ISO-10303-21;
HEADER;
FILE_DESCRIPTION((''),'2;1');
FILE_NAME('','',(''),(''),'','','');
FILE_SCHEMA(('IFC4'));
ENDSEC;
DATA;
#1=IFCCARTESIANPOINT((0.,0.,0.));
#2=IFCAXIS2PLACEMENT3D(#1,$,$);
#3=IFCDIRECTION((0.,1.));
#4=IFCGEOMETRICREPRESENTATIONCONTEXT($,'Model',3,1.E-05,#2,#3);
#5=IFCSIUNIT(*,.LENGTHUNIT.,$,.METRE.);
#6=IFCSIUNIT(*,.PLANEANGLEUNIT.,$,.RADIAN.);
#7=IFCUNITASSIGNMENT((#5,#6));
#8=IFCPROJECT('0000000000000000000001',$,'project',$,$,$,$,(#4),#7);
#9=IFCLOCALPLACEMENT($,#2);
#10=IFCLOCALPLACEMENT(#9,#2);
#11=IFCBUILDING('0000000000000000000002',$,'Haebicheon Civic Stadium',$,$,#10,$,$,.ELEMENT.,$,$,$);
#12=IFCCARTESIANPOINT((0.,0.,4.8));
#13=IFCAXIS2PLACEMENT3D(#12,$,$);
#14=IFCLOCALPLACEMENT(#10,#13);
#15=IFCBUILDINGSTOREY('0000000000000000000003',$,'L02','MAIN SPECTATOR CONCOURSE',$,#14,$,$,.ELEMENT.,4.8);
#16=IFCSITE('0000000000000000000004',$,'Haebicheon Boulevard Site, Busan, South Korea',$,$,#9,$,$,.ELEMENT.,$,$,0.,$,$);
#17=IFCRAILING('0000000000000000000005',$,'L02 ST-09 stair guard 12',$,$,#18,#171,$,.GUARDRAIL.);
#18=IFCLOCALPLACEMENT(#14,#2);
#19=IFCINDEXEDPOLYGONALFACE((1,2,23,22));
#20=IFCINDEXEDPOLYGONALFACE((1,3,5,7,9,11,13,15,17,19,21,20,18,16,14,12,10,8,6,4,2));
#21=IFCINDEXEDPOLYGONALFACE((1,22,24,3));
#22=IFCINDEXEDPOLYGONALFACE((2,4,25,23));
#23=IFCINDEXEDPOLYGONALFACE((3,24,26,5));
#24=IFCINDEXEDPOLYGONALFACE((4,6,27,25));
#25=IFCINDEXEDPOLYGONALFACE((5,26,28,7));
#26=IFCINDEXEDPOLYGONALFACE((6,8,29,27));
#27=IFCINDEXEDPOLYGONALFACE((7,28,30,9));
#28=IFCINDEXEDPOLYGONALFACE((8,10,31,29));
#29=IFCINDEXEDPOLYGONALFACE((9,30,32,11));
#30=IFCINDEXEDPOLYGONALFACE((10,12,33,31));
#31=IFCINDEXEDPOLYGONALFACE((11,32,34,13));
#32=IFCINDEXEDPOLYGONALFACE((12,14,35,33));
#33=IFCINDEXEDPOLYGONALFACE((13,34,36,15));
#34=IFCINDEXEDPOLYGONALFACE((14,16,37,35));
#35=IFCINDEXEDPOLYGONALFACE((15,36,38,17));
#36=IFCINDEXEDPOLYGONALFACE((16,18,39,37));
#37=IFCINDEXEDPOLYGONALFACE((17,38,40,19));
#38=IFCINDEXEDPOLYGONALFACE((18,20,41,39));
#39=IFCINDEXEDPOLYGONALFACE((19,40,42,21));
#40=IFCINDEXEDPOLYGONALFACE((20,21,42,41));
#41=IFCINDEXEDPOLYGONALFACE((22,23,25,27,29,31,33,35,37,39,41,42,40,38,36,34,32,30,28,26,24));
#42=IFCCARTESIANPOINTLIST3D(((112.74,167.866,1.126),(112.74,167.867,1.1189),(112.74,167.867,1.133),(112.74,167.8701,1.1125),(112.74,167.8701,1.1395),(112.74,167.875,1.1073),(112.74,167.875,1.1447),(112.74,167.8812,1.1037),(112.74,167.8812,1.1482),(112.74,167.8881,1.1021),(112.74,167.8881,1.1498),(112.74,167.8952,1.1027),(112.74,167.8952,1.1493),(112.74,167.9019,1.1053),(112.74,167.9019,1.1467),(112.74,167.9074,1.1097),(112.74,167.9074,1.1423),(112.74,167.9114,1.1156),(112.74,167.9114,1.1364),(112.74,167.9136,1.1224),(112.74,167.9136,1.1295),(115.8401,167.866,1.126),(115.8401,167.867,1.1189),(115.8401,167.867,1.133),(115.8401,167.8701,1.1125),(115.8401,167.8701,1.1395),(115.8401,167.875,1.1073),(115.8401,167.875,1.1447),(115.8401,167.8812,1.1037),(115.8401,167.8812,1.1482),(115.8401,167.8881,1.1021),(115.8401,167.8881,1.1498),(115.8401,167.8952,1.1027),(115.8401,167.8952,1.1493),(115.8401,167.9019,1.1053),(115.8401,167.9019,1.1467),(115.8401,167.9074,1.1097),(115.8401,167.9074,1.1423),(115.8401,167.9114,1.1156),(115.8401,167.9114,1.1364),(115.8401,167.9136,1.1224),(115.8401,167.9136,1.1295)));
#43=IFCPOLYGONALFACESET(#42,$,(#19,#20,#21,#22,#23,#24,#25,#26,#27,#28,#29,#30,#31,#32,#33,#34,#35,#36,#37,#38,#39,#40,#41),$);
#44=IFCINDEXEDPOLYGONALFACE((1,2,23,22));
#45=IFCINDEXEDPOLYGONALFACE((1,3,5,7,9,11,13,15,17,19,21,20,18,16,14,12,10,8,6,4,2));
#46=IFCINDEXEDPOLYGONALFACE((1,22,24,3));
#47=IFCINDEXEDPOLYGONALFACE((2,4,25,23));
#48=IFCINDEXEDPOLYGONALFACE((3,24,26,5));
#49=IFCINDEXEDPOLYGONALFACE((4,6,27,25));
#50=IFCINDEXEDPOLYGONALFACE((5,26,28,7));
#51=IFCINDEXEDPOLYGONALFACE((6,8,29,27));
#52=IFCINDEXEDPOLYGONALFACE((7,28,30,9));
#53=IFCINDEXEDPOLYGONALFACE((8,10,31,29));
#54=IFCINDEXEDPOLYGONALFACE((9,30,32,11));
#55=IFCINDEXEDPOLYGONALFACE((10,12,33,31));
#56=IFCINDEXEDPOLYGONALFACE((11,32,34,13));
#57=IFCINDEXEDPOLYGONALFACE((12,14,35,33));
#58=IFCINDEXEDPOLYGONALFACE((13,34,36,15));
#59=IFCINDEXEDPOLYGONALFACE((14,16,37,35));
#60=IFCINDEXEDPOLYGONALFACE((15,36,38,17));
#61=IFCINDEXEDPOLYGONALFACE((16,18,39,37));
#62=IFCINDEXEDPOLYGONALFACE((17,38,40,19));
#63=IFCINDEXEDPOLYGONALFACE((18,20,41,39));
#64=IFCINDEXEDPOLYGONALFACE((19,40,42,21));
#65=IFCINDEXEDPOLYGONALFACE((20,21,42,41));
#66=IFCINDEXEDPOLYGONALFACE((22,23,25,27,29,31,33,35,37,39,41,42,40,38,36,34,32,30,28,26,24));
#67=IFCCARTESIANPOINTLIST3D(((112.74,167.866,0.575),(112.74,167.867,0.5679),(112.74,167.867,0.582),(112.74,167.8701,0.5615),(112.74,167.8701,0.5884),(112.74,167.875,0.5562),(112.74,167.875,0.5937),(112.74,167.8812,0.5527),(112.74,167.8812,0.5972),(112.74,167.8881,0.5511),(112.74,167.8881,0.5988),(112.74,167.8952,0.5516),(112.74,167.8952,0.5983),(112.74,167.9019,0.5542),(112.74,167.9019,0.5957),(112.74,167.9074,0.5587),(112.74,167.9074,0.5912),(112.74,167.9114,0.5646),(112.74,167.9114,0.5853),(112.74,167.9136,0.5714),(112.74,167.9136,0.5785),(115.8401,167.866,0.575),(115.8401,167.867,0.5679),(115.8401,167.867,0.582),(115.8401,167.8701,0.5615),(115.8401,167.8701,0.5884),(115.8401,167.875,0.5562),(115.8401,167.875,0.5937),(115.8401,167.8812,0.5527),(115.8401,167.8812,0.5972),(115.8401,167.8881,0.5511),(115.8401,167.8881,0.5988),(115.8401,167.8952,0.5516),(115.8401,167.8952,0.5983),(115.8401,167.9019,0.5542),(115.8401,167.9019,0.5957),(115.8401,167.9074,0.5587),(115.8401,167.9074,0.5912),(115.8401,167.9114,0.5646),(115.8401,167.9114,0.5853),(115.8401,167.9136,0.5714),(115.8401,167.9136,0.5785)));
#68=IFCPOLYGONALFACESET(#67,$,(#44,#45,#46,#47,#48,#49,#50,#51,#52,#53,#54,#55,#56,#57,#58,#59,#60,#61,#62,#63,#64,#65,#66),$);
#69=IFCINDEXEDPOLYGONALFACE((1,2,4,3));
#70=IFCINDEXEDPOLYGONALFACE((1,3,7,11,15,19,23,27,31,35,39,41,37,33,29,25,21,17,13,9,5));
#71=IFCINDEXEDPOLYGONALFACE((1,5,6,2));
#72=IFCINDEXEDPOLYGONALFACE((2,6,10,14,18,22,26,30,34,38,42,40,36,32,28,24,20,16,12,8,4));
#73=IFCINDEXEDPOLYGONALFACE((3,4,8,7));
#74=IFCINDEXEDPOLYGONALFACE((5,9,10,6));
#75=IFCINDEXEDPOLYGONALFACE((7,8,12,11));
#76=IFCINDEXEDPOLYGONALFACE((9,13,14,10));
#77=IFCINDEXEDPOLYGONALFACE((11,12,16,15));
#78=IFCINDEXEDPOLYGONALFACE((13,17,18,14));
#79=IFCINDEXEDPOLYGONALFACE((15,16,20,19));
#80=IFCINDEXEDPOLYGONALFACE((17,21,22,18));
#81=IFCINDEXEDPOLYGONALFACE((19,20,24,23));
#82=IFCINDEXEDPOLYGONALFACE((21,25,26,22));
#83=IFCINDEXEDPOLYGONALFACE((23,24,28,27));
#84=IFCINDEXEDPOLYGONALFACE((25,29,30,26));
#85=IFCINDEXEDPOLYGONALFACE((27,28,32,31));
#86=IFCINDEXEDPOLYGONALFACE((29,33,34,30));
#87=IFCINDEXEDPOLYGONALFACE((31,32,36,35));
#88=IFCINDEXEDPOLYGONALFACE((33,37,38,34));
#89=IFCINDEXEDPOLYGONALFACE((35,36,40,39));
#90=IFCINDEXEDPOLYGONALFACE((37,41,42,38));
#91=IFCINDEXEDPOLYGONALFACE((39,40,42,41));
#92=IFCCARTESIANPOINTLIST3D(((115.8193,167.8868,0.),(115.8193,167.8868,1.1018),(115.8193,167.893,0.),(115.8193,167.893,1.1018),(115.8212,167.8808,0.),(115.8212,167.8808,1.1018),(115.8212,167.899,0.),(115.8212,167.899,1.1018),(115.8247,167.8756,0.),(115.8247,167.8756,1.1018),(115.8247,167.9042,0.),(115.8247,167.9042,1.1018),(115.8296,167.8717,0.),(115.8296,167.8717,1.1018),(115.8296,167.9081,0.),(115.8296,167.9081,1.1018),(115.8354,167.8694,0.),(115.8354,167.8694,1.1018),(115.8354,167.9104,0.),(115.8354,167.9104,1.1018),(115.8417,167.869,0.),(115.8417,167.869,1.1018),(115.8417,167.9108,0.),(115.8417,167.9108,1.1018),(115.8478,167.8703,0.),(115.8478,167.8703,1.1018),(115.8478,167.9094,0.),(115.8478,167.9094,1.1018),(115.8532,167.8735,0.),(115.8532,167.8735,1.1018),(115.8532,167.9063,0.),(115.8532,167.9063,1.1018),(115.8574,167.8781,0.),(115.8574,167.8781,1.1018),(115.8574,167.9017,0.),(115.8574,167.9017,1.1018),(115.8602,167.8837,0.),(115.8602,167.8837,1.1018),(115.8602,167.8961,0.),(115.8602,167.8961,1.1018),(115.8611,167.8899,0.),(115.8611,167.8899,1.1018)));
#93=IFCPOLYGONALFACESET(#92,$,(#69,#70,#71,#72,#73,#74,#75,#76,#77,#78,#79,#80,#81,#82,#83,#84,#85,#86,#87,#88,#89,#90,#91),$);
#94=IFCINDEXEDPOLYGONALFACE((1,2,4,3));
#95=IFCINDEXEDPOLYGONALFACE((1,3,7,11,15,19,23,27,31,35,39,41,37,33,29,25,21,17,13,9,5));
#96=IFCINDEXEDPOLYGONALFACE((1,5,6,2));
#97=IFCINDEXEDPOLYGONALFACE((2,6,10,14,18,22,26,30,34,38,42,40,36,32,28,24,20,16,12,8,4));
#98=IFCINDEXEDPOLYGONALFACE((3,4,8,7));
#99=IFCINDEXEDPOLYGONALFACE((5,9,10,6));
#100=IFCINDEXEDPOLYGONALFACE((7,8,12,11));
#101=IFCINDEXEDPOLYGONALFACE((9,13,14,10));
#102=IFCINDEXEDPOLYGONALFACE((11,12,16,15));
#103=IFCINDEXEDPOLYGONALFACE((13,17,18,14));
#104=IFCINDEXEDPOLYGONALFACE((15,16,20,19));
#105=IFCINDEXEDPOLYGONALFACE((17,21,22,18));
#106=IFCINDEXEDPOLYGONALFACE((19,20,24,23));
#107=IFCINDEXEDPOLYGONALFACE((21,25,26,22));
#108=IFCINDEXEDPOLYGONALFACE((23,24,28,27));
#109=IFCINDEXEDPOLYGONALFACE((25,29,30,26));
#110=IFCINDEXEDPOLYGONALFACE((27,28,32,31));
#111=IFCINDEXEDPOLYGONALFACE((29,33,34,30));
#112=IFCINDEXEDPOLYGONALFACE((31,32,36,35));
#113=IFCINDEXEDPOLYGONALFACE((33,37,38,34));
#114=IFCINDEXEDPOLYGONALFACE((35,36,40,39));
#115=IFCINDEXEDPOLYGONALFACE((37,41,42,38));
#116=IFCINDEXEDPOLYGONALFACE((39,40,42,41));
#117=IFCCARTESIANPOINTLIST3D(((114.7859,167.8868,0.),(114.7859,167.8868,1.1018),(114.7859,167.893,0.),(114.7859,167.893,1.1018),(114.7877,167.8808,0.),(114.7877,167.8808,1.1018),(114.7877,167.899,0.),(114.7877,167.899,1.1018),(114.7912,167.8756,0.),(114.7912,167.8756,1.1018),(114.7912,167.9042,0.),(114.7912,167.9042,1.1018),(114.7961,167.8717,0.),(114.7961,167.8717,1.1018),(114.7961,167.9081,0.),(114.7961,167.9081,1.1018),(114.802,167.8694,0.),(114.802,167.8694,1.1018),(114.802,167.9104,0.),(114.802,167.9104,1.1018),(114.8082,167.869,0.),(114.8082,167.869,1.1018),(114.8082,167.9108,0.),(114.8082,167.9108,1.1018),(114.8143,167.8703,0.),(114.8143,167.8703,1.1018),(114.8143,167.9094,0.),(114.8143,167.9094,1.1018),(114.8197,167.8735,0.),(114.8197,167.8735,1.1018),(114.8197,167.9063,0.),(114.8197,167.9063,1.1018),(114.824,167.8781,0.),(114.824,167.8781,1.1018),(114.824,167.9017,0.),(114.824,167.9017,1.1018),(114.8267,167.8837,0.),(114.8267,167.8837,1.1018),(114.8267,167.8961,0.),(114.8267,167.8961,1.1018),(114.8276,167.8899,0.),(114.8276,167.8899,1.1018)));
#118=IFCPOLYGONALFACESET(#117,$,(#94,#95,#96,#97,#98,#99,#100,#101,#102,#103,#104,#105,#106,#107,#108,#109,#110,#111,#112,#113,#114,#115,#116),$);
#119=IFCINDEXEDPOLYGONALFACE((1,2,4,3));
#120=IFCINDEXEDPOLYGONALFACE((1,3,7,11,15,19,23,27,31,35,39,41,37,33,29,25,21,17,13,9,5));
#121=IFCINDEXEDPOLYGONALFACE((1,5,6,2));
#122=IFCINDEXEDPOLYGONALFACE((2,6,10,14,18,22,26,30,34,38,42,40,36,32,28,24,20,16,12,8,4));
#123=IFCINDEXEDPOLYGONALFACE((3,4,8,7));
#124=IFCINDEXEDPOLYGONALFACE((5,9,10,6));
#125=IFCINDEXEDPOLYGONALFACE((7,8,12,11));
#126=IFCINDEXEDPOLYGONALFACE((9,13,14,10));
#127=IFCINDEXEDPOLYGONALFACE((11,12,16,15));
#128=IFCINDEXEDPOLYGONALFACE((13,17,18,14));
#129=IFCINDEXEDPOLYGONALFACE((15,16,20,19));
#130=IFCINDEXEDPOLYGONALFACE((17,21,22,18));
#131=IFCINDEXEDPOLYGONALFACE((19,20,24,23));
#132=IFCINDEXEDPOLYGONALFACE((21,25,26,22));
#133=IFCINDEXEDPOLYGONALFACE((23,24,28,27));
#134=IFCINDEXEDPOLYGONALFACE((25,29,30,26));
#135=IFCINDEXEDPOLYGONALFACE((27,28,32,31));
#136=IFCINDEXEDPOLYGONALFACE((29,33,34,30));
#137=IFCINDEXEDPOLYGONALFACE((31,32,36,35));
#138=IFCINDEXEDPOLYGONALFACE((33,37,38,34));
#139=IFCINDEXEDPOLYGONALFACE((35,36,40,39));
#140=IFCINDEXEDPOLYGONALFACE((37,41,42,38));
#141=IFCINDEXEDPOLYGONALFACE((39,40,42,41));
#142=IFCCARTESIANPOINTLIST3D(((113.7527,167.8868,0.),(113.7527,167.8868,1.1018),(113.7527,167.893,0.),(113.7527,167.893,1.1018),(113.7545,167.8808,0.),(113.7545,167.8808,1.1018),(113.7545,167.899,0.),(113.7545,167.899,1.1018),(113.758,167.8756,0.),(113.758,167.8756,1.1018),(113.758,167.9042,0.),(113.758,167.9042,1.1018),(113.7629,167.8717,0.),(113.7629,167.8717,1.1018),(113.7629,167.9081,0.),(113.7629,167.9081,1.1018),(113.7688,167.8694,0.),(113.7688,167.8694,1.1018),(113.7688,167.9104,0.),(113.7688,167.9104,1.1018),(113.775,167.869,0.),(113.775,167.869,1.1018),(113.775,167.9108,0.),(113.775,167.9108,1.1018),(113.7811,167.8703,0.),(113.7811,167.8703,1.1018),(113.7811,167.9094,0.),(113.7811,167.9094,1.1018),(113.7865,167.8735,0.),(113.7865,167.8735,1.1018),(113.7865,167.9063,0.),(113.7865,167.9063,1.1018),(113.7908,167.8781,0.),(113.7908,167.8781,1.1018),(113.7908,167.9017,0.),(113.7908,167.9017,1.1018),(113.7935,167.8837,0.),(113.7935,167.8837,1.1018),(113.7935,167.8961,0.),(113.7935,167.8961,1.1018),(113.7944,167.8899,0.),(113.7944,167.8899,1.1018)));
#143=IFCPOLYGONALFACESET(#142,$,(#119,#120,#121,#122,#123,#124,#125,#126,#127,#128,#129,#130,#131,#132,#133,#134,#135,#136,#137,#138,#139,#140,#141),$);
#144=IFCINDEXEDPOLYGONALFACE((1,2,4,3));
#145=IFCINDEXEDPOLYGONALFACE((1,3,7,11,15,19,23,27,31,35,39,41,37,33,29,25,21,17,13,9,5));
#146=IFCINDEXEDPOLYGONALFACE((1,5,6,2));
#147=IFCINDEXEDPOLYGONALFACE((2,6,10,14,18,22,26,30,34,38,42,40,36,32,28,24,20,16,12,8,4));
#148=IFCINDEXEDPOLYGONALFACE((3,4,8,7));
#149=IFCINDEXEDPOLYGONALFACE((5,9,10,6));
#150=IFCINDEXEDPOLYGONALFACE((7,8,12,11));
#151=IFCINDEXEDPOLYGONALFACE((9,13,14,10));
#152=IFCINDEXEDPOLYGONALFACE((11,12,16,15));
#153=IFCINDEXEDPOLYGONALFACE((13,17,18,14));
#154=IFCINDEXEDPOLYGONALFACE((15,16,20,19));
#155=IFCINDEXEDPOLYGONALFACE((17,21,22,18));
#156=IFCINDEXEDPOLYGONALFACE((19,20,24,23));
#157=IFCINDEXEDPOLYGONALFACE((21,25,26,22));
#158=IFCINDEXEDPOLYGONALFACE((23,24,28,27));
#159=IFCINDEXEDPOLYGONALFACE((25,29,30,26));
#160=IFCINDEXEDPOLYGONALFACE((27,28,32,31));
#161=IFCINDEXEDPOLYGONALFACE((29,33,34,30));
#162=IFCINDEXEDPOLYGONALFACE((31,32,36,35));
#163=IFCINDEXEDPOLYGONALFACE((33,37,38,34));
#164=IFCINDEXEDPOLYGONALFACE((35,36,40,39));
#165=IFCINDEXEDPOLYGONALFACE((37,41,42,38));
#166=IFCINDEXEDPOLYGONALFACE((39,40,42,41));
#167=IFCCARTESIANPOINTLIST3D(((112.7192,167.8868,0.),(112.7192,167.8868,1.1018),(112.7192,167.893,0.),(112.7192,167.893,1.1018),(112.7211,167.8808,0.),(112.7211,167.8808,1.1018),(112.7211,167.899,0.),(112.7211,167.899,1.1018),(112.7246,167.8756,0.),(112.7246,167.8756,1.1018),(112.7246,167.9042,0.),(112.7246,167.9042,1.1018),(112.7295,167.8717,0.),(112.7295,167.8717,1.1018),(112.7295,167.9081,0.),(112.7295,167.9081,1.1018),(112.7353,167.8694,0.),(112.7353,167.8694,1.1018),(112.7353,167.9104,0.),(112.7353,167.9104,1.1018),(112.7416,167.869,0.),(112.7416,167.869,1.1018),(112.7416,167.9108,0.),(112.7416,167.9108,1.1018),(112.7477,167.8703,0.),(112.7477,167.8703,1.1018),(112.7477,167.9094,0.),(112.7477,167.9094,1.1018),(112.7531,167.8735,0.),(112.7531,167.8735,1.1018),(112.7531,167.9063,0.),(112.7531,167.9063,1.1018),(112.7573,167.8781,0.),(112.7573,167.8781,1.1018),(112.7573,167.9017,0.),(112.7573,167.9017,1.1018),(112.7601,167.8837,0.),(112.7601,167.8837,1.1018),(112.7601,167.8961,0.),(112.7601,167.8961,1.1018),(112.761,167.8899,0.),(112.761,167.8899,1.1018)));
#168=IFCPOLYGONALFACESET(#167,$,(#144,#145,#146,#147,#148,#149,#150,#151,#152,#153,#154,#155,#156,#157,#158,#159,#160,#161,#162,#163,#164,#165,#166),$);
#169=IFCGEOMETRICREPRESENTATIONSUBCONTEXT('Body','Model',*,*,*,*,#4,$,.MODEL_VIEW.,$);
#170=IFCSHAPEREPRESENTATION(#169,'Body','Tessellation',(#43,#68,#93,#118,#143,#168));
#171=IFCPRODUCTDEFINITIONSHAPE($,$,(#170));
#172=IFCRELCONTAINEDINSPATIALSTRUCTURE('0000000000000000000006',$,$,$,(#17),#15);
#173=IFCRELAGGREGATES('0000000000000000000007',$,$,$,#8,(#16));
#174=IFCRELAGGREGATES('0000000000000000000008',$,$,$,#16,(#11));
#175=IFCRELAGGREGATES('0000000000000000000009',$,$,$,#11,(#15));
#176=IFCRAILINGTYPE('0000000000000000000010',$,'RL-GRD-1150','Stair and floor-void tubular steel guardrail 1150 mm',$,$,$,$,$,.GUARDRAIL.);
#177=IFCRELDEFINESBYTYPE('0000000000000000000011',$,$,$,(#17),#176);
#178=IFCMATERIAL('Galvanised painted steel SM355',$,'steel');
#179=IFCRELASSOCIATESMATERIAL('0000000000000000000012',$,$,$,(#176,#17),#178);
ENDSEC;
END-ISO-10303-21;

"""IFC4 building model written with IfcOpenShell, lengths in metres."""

from ifc_helpers import new_model, si_unit, direction, frame, origin, origin_2d, place, context, subcontext, project, spatial, circle, extrude, material, type_object, element, save


model = new_model("IFC4")

# Units and contexts
model_context = context("Model", 3, precision=1e-05, world=origin(), true_north=direction((0.0, 1.0)))
body_context = subcontext(model_context, "Body", "Model", "MODEL_VIEW")
ifc_project = project(units=[si_unit("LENGTHUNIT", "METRE"), si_unit("PLANEANGLEUNIT", "RADIAN")], contexts=[model_context])

# Site, building, storey
site_placement = place(None, origin())
site = spatial("IfcSite", under=ifc_project, at=site_placement, Name="Haebicheon Boulevard Site, Busan, South Korea", CompositionType="ELEMENT", RefElevation=0.0)
building_placement = place(site_placement, origin())
building = spatial("IfcBuilding", under=site, at=building_placement, Name="Haebicheon Civic Stadium", CompositionType="ELEMENT")
storey_placement = place(building_placement, frame((0.0, 0.0, 4.8)))
storey = spatial("IfcBuildingStorey", under=building, at=storey_placement, Name="L02", Description="MAIN SPECTATOR CONCOURSE", CompositionType="ELEMENT", Elevation=4.8)

# Railing
ifc_material_1 = material(Name="Galvanised painted steel SM355", Category="steel")
railing_type = type_object("IfcRailingType", Name="RL-GRD-1150", Description="Stair and floor-void tubular steel guardrail 1150 mm", PredefinedType="GUARDRAIL", material=ifc_material_1)
railing_1_placement = place(storey_placement, frame((115.8401, 167.8899, 0.0)))
element("IfcRailing", 1, at=railing_1_placement, inside=storey, type_object=railing_type, material=ifc_material_1, Name="L02 ST-09 stair guard 12", PredefinedType="GUARDRAIL", context=body_context, shape_type="SweptSolid", body=[
    extrude(circle(Radius=0.0239, at=origin_2d()), frame((0.0, 0.0, 1.126), z_axis=(-1.0, 0.0, 0.0), x_axis=(0.0, -1.0, 0.0)), (0.0, 0.0, 1.0), 3.1001),
    extrude(circle(Radius=0.0239, at=origin_2d()), frame((0.0, 0.0, 0.575), z_axis=(-1.0, 0.0, 0.0), x_axis=(0.0, -1.0, 0.0)), (0.0, 0.0, 1.0), 3.1001),
    extrude(circle(Radius=0.021, at=origin_2d()), origin(), (0.0, 0.0, 1.0), 1.1018),
    extrude(circle(Radius=0.021, at=origin_2d()), frame((-1.0334, 0.0, 0.0)), (0.0, 0.0, 1.0), 1.1018),
    extrude(circle(Radius=0.021, at=origin_2d()), frame((-2.0667, 0.0, 0.0)), (0.0, 0.0, 1.0), 1.1018),
    extrude(circle(Radius=0.021, at=origin_2d()), frame((-3.1001, 0.0, 0.0)), (0.0, 0.0, 1.0), 1.1018),
])

save(model, "model.ifc")
